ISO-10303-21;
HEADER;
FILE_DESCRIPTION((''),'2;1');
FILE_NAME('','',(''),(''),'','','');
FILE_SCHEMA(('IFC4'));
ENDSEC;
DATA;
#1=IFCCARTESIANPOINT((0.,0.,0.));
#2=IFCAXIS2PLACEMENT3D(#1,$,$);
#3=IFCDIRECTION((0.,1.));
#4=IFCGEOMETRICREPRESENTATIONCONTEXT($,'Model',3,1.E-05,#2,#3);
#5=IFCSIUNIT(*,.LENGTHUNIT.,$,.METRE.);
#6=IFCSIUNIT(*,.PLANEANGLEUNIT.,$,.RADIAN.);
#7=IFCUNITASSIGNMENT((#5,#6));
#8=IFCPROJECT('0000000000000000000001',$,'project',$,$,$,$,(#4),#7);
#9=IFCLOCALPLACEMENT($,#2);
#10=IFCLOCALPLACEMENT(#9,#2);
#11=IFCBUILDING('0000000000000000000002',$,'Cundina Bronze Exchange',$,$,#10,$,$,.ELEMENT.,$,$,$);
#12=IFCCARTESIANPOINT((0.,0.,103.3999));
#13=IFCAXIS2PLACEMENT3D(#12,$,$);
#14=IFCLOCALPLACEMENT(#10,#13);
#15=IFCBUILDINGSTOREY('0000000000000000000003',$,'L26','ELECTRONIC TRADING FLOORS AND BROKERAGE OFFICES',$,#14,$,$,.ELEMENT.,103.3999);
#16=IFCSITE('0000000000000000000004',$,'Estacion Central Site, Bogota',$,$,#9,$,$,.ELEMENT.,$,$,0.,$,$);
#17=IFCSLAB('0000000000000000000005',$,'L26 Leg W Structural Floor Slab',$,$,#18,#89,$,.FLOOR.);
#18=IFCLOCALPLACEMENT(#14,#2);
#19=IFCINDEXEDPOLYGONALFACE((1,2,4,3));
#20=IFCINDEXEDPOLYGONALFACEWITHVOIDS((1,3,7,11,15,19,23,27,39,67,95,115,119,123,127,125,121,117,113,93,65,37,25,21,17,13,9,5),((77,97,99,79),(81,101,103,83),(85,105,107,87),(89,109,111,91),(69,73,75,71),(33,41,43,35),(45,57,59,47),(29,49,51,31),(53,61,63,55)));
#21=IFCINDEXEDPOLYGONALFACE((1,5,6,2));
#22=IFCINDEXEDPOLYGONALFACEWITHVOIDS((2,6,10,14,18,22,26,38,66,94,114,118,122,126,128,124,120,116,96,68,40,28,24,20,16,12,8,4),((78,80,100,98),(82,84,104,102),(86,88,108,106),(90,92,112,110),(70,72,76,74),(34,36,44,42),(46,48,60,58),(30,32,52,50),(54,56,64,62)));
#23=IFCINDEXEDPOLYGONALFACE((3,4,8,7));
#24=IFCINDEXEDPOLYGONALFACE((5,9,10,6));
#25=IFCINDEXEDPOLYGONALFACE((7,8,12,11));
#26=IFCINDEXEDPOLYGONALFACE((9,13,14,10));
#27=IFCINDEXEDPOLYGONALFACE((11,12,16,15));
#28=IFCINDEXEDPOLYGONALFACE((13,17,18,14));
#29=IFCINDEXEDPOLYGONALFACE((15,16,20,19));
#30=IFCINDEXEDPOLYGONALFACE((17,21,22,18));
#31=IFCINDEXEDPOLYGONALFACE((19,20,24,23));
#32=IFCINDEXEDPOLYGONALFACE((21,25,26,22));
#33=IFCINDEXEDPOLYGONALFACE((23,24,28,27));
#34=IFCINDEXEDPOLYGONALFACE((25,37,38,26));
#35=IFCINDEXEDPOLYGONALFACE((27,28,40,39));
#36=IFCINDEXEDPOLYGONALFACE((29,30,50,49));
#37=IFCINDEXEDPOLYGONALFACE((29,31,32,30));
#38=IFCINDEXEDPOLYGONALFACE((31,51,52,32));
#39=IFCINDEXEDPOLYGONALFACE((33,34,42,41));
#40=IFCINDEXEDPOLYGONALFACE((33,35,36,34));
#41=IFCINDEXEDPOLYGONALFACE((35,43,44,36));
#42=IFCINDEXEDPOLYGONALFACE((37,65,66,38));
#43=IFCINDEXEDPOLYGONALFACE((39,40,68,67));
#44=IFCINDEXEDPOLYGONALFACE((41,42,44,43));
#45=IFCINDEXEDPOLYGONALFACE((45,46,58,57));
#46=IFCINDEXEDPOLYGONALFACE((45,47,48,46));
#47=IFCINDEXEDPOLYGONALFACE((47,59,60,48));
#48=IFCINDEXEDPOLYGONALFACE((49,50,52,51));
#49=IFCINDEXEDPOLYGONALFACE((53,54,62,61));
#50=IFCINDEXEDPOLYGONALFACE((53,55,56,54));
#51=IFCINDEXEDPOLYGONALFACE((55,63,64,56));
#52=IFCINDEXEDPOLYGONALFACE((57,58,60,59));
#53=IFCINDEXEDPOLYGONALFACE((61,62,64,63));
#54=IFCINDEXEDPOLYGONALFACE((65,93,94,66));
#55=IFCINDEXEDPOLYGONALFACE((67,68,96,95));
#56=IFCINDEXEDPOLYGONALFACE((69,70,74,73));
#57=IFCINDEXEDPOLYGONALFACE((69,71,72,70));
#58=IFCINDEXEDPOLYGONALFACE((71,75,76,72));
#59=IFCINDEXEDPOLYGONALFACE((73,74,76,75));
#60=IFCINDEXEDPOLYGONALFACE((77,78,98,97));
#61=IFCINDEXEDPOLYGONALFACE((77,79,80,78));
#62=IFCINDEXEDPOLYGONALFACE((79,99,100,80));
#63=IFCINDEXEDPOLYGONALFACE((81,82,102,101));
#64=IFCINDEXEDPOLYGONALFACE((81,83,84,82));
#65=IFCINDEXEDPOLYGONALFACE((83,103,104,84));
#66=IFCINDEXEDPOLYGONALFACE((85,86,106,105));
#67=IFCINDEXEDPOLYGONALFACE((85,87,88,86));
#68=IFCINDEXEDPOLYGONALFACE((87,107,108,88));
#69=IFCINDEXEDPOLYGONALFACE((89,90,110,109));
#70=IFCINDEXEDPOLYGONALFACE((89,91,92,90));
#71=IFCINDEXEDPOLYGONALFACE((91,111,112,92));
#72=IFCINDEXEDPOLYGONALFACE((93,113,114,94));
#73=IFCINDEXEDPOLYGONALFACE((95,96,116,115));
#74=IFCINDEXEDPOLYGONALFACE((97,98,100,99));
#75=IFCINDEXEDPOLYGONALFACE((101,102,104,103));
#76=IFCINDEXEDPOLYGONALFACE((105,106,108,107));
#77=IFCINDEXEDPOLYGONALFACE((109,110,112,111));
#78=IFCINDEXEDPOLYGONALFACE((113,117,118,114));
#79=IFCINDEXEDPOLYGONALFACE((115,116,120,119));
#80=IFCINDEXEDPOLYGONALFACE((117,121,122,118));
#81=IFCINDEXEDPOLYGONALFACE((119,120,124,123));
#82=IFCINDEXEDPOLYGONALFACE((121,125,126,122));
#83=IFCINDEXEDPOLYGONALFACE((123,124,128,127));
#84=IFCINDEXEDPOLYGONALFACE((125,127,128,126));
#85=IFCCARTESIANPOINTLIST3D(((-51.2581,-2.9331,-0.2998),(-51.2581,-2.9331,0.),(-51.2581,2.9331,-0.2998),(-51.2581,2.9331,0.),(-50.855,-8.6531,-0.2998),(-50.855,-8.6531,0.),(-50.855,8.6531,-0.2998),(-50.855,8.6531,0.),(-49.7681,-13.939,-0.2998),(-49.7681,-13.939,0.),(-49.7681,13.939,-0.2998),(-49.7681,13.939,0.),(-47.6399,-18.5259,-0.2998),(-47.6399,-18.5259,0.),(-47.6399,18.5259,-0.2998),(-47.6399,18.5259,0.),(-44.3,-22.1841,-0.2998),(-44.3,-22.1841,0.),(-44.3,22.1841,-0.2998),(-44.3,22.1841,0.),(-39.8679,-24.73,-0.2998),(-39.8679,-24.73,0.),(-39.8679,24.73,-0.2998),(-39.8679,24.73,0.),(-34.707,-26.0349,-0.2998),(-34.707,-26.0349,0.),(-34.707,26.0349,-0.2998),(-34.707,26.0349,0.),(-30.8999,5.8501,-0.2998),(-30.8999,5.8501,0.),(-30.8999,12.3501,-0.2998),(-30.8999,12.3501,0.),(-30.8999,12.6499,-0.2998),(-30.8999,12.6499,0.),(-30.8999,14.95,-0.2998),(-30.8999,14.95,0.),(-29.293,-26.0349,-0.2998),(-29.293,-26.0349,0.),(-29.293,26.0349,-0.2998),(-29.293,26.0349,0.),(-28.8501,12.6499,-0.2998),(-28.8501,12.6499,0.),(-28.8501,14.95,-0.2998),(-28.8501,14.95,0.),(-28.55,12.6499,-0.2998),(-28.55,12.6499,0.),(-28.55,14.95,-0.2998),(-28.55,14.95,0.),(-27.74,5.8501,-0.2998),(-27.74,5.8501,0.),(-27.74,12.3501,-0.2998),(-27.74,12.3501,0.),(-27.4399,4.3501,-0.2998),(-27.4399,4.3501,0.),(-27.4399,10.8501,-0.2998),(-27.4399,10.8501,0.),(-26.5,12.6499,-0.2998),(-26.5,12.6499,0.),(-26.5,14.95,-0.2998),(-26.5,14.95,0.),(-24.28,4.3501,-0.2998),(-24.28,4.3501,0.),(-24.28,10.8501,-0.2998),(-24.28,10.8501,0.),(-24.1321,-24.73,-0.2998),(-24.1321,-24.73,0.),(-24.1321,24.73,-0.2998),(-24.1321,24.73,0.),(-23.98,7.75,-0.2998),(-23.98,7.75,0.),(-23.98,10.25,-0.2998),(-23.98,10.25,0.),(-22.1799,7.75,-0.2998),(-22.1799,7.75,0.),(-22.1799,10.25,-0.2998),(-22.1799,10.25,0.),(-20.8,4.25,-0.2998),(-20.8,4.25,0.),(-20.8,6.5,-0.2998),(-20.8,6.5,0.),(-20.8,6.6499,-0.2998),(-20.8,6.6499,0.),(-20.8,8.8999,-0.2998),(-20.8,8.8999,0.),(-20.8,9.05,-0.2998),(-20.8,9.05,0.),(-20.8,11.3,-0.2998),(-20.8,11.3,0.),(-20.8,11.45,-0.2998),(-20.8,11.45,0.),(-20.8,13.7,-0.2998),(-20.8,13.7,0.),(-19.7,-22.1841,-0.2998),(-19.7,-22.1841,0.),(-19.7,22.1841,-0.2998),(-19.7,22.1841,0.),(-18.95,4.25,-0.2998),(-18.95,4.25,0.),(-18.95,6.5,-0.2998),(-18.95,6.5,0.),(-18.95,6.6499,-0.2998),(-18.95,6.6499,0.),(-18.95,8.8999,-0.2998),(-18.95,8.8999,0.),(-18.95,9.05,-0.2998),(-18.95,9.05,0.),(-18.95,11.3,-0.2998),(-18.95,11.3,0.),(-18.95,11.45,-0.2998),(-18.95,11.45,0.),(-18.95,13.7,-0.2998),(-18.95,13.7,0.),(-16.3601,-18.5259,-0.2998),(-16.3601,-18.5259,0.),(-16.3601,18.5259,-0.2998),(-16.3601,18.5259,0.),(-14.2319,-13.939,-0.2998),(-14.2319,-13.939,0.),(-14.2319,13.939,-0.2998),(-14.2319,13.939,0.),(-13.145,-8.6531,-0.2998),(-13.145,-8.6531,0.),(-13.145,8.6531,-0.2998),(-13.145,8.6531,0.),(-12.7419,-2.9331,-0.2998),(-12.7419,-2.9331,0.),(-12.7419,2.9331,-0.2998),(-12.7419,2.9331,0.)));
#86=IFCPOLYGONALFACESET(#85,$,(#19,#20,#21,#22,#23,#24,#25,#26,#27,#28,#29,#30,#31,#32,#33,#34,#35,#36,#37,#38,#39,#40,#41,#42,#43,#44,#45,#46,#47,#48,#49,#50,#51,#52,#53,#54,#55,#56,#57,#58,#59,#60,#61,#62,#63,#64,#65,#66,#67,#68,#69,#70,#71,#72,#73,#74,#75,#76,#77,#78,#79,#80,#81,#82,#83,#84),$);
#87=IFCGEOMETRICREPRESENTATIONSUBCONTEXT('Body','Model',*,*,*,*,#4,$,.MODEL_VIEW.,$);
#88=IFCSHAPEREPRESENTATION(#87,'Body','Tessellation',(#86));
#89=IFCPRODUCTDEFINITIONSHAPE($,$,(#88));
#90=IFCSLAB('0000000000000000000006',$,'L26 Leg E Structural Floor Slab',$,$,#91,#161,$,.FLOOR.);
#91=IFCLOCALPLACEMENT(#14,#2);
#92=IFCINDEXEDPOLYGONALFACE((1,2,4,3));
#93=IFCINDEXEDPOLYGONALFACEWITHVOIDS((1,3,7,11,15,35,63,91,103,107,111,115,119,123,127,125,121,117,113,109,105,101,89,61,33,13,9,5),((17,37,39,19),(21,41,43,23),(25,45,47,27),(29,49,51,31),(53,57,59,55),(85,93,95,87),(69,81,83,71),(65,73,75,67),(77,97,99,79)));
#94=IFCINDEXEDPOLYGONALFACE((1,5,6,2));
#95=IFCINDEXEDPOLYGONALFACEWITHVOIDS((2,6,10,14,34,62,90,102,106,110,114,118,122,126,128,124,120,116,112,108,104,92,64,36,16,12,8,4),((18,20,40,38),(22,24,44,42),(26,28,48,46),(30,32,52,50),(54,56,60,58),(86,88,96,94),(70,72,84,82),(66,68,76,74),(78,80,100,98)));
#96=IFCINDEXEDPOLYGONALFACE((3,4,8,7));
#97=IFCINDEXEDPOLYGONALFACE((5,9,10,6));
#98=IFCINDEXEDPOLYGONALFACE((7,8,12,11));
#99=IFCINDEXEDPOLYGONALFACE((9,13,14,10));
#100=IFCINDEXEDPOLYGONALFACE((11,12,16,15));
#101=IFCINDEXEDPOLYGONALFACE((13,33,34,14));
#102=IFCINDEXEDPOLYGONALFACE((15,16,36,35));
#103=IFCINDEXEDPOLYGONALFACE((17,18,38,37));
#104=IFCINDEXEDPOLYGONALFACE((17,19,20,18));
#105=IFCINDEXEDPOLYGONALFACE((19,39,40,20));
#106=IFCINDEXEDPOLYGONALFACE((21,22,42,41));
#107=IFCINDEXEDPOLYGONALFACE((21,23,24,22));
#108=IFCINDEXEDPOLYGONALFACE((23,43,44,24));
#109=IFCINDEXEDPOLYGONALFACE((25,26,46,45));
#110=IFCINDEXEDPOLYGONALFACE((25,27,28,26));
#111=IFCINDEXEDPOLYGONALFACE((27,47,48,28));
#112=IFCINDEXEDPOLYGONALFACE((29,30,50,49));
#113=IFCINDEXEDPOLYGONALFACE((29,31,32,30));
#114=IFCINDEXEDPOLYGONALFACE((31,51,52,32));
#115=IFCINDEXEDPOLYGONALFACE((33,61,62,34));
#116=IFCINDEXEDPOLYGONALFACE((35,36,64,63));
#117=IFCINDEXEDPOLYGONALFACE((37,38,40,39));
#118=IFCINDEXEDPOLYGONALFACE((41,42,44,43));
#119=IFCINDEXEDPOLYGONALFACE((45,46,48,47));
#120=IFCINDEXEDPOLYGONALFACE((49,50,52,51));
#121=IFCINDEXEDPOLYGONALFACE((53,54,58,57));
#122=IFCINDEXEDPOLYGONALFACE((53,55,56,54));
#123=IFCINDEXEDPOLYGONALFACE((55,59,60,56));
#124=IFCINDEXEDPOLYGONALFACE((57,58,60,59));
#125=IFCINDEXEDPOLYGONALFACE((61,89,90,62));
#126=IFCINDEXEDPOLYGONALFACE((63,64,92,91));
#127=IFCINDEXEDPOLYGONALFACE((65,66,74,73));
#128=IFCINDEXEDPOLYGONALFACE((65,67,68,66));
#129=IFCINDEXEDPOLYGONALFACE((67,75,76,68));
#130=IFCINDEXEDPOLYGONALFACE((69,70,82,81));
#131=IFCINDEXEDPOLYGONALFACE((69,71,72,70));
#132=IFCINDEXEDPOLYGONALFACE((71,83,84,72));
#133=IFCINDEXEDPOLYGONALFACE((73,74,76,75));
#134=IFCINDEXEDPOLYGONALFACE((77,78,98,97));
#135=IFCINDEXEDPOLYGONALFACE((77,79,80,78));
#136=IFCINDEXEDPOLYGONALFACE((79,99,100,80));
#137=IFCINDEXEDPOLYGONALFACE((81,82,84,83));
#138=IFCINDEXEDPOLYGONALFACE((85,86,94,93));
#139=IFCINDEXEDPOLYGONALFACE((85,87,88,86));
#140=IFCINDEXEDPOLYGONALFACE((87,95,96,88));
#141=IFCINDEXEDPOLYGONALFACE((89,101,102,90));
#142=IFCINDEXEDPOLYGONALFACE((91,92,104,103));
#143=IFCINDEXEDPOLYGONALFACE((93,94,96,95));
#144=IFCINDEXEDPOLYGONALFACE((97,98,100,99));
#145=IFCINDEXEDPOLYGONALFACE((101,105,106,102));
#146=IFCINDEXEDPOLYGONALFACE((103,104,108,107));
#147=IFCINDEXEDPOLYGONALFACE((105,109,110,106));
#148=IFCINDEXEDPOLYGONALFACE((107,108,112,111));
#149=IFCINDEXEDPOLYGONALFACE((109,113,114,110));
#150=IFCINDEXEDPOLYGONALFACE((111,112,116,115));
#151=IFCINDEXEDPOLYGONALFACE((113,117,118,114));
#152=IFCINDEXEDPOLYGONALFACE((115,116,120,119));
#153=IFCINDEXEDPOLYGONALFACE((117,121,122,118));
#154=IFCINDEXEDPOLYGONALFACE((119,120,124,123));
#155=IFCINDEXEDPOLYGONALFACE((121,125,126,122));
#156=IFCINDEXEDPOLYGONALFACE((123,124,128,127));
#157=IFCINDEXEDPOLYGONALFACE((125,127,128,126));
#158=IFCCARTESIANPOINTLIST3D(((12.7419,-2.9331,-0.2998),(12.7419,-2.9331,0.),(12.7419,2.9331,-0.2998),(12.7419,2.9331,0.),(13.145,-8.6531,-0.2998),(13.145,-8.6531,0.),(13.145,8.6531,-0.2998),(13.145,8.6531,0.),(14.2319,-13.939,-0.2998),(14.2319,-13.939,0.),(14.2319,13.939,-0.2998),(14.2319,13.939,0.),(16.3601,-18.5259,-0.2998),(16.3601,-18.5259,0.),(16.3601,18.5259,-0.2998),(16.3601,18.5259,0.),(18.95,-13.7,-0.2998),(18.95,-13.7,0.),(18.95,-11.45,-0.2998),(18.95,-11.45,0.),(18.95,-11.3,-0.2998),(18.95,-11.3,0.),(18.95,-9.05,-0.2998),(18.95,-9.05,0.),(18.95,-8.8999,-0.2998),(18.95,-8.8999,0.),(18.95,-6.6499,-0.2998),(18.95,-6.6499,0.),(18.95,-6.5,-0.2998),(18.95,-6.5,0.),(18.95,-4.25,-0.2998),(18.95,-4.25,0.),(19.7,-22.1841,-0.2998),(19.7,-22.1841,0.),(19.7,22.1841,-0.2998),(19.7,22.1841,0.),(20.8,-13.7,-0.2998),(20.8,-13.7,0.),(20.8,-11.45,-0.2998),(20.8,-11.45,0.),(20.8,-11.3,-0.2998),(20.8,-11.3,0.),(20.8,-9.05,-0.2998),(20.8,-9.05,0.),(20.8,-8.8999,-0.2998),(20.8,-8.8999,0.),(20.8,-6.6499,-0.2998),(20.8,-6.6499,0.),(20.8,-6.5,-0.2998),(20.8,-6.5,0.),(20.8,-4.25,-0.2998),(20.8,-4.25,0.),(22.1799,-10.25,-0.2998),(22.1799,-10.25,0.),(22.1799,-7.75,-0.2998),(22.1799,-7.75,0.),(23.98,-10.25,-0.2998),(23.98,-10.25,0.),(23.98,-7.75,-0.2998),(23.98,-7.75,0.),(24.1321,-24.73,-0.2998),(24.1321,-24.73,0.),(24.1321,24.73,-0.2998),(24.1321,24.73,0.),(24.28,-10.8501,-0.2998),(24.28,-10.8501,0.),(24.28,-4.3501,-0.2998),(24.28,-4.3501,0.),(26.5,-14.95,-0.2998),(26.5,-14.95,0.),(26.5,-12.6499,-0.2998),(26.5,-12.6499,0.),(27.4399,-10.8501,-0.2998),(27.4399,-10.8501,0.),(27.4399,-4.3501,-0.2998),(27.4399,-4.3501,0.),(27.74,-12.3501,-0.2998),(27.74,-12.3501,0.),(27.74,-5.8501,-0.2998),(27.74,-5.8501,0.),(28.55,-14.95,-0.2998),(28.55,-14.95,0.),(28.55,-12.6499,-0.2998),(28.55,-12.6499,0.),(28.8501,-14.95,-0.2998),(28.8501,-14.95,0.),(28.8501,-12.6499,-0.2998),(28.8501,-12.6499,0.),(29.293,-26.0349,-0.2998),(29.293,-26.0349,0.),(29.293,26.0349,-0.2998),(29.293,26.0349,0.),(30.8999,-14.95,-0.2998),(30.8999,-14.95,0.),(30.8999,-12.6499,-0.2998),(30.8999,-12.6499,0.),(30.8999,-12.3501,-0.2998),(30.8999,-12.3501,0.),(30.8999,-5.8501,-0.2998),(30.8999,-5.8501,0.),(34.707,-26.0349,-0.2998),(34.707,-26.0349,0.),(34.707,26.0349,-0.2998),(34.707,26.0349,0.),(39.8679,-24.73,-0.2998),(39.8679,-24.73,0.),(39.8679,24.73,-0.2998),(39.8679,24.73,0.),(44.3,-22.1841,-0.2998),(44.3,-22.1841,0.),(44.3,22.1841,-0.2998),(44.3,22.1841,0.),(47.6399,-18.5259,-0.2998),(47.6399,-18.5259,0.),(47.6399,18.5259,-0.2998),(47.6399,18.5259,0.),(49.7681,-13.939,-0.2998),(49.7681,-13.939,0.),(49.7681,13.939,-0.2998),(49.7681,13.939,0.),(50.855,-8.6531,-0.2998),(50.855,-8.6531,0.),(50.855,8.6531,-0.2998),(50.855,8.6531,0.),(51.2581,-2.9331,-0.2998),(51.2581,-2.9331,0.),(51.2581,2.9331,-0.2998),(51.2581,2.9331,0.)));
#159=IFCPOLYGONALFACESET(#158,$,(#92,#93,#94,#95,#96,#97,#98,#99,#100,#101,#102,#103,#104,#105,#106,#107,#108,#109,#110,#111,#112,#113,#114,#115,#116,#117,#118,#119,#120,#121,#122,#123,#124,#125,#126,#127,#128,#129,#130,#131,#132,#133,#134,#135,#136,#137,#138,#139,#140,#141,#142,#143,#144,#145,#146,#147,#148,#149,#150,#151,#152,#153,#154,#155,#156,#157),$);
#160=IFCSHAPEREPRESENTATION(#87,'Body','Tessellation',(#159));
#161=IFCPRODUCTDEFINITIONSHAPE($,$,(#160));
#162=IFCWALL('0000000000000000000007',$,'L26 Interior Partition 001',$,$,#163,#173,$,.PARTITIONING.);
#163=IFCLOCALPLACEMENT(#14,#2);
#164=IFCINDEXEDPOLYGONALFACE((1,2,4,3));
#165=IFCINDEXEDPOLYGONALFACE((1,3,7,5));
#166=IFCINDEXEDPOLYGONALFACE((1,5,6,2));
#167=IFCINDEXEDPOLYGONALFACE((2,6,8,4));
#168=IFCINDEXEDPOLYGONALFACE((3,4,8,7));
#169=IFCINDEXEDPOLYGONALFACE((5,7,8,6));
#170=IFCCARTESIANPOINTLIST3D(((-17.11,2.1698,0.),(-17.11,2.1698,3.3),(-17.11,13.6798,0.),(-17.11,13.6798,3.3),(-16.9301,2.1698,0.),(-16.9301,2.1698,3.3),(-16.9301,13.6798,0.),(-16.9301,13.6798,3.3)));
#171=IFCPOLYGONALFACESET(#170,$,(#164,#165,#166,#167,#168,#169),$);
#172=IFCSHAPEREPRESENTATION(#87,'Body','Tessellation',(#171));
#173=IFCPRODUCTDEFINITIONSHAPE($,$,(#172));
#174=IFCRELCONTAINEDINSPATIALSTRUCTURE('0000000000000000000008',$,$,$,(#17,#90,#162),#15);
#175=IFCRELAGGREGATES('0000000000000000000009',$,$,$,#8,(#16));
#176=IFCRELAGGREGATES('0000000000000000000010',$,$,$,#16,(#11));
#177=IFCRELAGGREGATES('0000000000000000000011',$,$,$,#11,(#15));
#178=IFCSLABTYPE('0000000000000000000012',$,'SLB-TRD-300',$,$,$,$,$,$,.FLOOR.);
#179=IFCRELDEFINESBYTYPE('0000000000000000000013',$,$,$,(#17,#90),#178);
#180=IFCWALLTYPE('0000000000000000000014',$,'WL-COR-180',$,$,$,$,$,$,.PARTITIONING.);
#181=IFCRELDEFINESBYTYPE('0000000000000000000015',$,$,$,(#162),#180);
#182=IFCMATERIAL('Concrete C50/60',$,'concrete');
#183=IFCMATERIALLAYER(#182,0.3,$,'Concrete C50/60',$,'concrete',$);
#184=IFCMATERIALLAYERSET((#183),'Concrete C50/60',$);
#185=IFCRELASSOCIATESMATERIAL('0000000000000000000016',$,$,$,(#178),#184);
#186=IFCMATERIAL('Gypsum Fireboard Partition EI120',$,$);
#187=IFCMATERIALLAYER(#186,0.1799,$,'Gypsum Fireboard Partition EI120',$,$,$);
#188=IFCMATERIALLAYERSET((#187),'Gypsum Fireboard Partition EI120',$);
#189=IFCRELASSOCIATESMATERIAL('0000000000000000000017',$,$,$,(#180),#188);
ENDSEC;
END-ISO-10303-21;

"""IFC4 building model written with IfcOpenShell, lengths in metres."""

from ifc_helpers import new_model, si_unit, direction, frame, frame_2d, origin, place, context, subcontext, project, spatial, polyline, rectangle, outline, extrude, material, layer, layer_set, type_object, element, save


model = new_model("IFC4")

# Units and contexts
model_context = context("Model", 3, precision=1e-05, world=origin(), true_north=direction((0.0, 1.0)))
body_context = subcontext(model_context, "Body", "Model", "MODEL_VIEW")
ifc_project = project(units=[si_unit("LENGTHUNIT", "METRE"), si_unit("PLANEANGLEUNIT", "RADIAN")], contexts=[model_context])

# Site, building, storey
site_placement = place(None, origin())
site = spatial("IfcSite", under=ifc_project, at=site_placement, Name="Estacion Central Site, Bogota", CompositionType="ELEMENT", RefElevation=0.0)
building_placement = place(site_placement, origin())
building = spatial("IfcBuilding", under=site, at=building_placement, Name="Cundina Bronze Exchange", CompositionType="ELEMENT")
storey_placement = place(building_placement, frame((0.0, 0.0, 103.3999)))
storey = spatial("IfcBuildingStorey", under=building, at=storey_placement, Name="L26", Description="ELECTRONIC TRADING FLOORS AND BROKERAGE OFFICES", CompositionType="ELEMENT", Elevation=103.3999)

# Slabs
ifc_material_1 = material(Name="Concrete C50/60", Category="concrete")
ifc_layer_1 = layer(ifc_material_1, 0.3, Name="Concrete C50/60", Category="concrete")
ifc_layer_set_1 = layer_set([ifc_layer_1], Name="Concrete C50/60")
slab_type_1 = type_object("IfcSlabType", Name="SLB-TRD-300", PredefinedType="FLOOR", material=ifc_layer_set_1)
slab_1_placement = place(storey_placement, frame((0.0, 0.0, -0.2998)))
element("IfcSlab", 1, at=slab_1_placement, inside=storey, type_object=slab_type_1, Name="L26 Leg W Structural Floor Slab", PredefinedType="FLOOR", context=body_context, shape_type="SweptSolid", body=[
    extrude(outline(polyline([(-12.7419, 2.9331), (-13.145, 8.6531), (-14.2319, 13.939), (-16.3601, 18.5259), (-19.7, 22.1841), (-24.1321, 24.73), (-29.293, 26.0349), (-34.707, 26.0349), (-39.8679, 24.73), (-44.3, 22.1841), (-47.6399, 18.5259), (-49.7681, 13.939), (-50.855, 8.6531), (-51.2581, 2.9331), (-51.2581, -2.9331), (-50.855, -8.6531), (-49.7681, -13.939), (-47.6399, -18.5259), (-44.3, -22.1841), (-39.8679, -24.73), (-34.707, -26.0349), (-29.293, -26.0349), (-24.1321, -24.73), (-19.7, -22.1841), (-16.3601, -18.5259), (-14.2319, -13.939), (-13.145, -8.6531), (-12.7419, -2.9331), (-12.7419, 2.9331)]), holes=[polyline([(-27.74, 5.8501), (-27.74, 12.3501), (-30.8999, 12.3501), (-30.8999, 5.8501), (-27.74, 5.8501)]), polyline([(-27.4399, 10.8501), (-27.4399, 4.3501), (-24.28, 4.3501), (-24.28, 10.8501), (-27.4399, 10.8501)]), polyline([(-23.98, 10.25), (-22.1799, 10.25), (-22.1799, 7.75), (-23.98, 7.75), (-23.98, 10.25)]), polyline([(-30.8999, 14.95), (-28.8501, 14.95), (-28.8501, 12.6499), (-30.8999, 12.6499), (-30.8999, 14.95)]), polyline([(-28.55, 14.95), (-26.5, 14.95), (-26.5, 12.6499), (-28.55, 12.6499), (-28.55, 14.95)]), polyline([(-20.8, 13.7), (-18.95, 13.7), (-18.95, 11.45), (-20.8, 11.45), (-20.8, 13.7)]), polyline([(-20.8, 11.3), (-18.95, 11.3), (-18.95, 9.05), (-20.8, 9.05), (-20.8, 11.3)]), polyline([(-20.8, 8.8999), (-18.95, 8.8999), (-18.95, 6.6499), (-20.8, 6.6499), (-20.8, 8.8999)]), polyline([(-20.8, 6.5), (-18.95, 6.5), (-18.95, 4.25), (-20.8, 4.25), (-20.8, 6.5)])]), origin(), (0.0, 0.0, 1.0), 0.2998),
])
slab_2_placement = place(storey_placement, frame((0.0, 0.0, -0.2998)))
element("IfcSlab", 2, at=slab_2_placement, inside=storey, type_object=slab_type_1, Name="L26 Leg E Structural Floor Slab", PredefinedType="FLOOR", context=body_context, shape_type="SweptSolid", body=[
    extrude(outline(polyline([(51.2581, 2.9331), (50.855, 8.6531), (49.7681, 13.939), (47.6399, 18.5259), (44.3, 22.1841), (39.8679, 24.73), (34.707, 26.0349), (29.293, 26.0349), (24.1321, 24.73), (19.7, 22.1841), (16.3601, 18.5259), (14.2319, 13.939), (13.145, 8.6531), (12.7419, 2.9331), (12.7419, -2.9331), (13.145, -8.6531), (14.2319, -13.939), (16.3601, -18.5259), (19.7, -22.1841), (24.1321, -24.73), (29.293, -26.0349), (34.707, -26.0349), (39.8679, -24.73), (44.3, -22.1841), (47.6399, -18.5259), (49.7681, -13.939), (50.855, -8.6531), (51.2581, -2.9331), (51.2581, 2.9331)]), holes=[polyline([(27.74, -5.8501), (27.74, -12.3501), (30.8999, -12.3501), (30.8999, -5.8501), (27.74, -5.8501)]), polyline([(27.4399, -10.8501), (27.4399, -4.3501), (24.28, -4.3501), (24.28, -10.8501), (27.4399, -10.8501)]), polyline([(22.1799, -7.75), (23.98, -7.75), (23.98, -10.25), (22.1799, -10.25), (22.1799, -7.75)]), polyline([(28.8501, -12.6499), (30.8999, -12.6499), (30.8999, -14.95), (28.8501, -14.95), (28.8501, -12.6499)]), polyline([(26.5, -12.6499), (28.55, -12.6499), (28.55, -14.95), (26.5, -14.95), (26.5, -12.6499)]), polyline([(18.95, -11.45), (20.8, -11.45), (20.8, -13.7), (18.95, -13.7), (18.95, -11.45)]), polyline([(18.95, -9.05), (20.8, -9.05), (20.8, -11.3), (18.95, -11.3), (18.95, -9.05)]), polyline([(18.95, -6.6499), (20.8, -6.6499), (20.8, -8.8999), (18.95, -8.8999), (18.95, -6.6499)]), polyline([(18.95, -4.25), (20.8, -4.25), (20.8, -6.5), (18.95, -6.5), (18.95, -4.25)])]), origin(), (0.0, 0.0, 1.0), 0.2998),
])

# Wall
ifc_material_2 = material(Name="Gypsum Fireboard Partition EI120")
ifc_layer_2 = layer(ifc_material_2, 0.1799, Name="Gypsum Fireboard Partition EI120")
ifc_layer_set_2 = layer_set([ifc_layer_2], Name="Gypsum Fireboard Partition EI120")
wall_type_1 = type_object("IfcWallType", Name="WL-COR-180", PredefinedType="PARTITIONING", material=ifc_layer_set_2)
wall_1_placement = place(storey_placement, frame((-17.02, 2.1699, 0.0), z_axis=(0.0, 0.0, 1.0), x_axis=(0.0, 1.0, 0.0)))
element("IfcWall", 3, at=wall_1_placement, inside=storey, type_object=wall_type_1, Name="L26 Interior Partition 001", PredefinedType="PARTITIONING", context=body_context, shape_type="SweptSolid", body=[
    extrude(rectangle(XDim=11.51, YDim=0.1799, at=frame_2d((5.7549, 0.0))), origin(), (0.0, 0.0, 1.0), 3.3),
])

save(model, "model.ifc")
